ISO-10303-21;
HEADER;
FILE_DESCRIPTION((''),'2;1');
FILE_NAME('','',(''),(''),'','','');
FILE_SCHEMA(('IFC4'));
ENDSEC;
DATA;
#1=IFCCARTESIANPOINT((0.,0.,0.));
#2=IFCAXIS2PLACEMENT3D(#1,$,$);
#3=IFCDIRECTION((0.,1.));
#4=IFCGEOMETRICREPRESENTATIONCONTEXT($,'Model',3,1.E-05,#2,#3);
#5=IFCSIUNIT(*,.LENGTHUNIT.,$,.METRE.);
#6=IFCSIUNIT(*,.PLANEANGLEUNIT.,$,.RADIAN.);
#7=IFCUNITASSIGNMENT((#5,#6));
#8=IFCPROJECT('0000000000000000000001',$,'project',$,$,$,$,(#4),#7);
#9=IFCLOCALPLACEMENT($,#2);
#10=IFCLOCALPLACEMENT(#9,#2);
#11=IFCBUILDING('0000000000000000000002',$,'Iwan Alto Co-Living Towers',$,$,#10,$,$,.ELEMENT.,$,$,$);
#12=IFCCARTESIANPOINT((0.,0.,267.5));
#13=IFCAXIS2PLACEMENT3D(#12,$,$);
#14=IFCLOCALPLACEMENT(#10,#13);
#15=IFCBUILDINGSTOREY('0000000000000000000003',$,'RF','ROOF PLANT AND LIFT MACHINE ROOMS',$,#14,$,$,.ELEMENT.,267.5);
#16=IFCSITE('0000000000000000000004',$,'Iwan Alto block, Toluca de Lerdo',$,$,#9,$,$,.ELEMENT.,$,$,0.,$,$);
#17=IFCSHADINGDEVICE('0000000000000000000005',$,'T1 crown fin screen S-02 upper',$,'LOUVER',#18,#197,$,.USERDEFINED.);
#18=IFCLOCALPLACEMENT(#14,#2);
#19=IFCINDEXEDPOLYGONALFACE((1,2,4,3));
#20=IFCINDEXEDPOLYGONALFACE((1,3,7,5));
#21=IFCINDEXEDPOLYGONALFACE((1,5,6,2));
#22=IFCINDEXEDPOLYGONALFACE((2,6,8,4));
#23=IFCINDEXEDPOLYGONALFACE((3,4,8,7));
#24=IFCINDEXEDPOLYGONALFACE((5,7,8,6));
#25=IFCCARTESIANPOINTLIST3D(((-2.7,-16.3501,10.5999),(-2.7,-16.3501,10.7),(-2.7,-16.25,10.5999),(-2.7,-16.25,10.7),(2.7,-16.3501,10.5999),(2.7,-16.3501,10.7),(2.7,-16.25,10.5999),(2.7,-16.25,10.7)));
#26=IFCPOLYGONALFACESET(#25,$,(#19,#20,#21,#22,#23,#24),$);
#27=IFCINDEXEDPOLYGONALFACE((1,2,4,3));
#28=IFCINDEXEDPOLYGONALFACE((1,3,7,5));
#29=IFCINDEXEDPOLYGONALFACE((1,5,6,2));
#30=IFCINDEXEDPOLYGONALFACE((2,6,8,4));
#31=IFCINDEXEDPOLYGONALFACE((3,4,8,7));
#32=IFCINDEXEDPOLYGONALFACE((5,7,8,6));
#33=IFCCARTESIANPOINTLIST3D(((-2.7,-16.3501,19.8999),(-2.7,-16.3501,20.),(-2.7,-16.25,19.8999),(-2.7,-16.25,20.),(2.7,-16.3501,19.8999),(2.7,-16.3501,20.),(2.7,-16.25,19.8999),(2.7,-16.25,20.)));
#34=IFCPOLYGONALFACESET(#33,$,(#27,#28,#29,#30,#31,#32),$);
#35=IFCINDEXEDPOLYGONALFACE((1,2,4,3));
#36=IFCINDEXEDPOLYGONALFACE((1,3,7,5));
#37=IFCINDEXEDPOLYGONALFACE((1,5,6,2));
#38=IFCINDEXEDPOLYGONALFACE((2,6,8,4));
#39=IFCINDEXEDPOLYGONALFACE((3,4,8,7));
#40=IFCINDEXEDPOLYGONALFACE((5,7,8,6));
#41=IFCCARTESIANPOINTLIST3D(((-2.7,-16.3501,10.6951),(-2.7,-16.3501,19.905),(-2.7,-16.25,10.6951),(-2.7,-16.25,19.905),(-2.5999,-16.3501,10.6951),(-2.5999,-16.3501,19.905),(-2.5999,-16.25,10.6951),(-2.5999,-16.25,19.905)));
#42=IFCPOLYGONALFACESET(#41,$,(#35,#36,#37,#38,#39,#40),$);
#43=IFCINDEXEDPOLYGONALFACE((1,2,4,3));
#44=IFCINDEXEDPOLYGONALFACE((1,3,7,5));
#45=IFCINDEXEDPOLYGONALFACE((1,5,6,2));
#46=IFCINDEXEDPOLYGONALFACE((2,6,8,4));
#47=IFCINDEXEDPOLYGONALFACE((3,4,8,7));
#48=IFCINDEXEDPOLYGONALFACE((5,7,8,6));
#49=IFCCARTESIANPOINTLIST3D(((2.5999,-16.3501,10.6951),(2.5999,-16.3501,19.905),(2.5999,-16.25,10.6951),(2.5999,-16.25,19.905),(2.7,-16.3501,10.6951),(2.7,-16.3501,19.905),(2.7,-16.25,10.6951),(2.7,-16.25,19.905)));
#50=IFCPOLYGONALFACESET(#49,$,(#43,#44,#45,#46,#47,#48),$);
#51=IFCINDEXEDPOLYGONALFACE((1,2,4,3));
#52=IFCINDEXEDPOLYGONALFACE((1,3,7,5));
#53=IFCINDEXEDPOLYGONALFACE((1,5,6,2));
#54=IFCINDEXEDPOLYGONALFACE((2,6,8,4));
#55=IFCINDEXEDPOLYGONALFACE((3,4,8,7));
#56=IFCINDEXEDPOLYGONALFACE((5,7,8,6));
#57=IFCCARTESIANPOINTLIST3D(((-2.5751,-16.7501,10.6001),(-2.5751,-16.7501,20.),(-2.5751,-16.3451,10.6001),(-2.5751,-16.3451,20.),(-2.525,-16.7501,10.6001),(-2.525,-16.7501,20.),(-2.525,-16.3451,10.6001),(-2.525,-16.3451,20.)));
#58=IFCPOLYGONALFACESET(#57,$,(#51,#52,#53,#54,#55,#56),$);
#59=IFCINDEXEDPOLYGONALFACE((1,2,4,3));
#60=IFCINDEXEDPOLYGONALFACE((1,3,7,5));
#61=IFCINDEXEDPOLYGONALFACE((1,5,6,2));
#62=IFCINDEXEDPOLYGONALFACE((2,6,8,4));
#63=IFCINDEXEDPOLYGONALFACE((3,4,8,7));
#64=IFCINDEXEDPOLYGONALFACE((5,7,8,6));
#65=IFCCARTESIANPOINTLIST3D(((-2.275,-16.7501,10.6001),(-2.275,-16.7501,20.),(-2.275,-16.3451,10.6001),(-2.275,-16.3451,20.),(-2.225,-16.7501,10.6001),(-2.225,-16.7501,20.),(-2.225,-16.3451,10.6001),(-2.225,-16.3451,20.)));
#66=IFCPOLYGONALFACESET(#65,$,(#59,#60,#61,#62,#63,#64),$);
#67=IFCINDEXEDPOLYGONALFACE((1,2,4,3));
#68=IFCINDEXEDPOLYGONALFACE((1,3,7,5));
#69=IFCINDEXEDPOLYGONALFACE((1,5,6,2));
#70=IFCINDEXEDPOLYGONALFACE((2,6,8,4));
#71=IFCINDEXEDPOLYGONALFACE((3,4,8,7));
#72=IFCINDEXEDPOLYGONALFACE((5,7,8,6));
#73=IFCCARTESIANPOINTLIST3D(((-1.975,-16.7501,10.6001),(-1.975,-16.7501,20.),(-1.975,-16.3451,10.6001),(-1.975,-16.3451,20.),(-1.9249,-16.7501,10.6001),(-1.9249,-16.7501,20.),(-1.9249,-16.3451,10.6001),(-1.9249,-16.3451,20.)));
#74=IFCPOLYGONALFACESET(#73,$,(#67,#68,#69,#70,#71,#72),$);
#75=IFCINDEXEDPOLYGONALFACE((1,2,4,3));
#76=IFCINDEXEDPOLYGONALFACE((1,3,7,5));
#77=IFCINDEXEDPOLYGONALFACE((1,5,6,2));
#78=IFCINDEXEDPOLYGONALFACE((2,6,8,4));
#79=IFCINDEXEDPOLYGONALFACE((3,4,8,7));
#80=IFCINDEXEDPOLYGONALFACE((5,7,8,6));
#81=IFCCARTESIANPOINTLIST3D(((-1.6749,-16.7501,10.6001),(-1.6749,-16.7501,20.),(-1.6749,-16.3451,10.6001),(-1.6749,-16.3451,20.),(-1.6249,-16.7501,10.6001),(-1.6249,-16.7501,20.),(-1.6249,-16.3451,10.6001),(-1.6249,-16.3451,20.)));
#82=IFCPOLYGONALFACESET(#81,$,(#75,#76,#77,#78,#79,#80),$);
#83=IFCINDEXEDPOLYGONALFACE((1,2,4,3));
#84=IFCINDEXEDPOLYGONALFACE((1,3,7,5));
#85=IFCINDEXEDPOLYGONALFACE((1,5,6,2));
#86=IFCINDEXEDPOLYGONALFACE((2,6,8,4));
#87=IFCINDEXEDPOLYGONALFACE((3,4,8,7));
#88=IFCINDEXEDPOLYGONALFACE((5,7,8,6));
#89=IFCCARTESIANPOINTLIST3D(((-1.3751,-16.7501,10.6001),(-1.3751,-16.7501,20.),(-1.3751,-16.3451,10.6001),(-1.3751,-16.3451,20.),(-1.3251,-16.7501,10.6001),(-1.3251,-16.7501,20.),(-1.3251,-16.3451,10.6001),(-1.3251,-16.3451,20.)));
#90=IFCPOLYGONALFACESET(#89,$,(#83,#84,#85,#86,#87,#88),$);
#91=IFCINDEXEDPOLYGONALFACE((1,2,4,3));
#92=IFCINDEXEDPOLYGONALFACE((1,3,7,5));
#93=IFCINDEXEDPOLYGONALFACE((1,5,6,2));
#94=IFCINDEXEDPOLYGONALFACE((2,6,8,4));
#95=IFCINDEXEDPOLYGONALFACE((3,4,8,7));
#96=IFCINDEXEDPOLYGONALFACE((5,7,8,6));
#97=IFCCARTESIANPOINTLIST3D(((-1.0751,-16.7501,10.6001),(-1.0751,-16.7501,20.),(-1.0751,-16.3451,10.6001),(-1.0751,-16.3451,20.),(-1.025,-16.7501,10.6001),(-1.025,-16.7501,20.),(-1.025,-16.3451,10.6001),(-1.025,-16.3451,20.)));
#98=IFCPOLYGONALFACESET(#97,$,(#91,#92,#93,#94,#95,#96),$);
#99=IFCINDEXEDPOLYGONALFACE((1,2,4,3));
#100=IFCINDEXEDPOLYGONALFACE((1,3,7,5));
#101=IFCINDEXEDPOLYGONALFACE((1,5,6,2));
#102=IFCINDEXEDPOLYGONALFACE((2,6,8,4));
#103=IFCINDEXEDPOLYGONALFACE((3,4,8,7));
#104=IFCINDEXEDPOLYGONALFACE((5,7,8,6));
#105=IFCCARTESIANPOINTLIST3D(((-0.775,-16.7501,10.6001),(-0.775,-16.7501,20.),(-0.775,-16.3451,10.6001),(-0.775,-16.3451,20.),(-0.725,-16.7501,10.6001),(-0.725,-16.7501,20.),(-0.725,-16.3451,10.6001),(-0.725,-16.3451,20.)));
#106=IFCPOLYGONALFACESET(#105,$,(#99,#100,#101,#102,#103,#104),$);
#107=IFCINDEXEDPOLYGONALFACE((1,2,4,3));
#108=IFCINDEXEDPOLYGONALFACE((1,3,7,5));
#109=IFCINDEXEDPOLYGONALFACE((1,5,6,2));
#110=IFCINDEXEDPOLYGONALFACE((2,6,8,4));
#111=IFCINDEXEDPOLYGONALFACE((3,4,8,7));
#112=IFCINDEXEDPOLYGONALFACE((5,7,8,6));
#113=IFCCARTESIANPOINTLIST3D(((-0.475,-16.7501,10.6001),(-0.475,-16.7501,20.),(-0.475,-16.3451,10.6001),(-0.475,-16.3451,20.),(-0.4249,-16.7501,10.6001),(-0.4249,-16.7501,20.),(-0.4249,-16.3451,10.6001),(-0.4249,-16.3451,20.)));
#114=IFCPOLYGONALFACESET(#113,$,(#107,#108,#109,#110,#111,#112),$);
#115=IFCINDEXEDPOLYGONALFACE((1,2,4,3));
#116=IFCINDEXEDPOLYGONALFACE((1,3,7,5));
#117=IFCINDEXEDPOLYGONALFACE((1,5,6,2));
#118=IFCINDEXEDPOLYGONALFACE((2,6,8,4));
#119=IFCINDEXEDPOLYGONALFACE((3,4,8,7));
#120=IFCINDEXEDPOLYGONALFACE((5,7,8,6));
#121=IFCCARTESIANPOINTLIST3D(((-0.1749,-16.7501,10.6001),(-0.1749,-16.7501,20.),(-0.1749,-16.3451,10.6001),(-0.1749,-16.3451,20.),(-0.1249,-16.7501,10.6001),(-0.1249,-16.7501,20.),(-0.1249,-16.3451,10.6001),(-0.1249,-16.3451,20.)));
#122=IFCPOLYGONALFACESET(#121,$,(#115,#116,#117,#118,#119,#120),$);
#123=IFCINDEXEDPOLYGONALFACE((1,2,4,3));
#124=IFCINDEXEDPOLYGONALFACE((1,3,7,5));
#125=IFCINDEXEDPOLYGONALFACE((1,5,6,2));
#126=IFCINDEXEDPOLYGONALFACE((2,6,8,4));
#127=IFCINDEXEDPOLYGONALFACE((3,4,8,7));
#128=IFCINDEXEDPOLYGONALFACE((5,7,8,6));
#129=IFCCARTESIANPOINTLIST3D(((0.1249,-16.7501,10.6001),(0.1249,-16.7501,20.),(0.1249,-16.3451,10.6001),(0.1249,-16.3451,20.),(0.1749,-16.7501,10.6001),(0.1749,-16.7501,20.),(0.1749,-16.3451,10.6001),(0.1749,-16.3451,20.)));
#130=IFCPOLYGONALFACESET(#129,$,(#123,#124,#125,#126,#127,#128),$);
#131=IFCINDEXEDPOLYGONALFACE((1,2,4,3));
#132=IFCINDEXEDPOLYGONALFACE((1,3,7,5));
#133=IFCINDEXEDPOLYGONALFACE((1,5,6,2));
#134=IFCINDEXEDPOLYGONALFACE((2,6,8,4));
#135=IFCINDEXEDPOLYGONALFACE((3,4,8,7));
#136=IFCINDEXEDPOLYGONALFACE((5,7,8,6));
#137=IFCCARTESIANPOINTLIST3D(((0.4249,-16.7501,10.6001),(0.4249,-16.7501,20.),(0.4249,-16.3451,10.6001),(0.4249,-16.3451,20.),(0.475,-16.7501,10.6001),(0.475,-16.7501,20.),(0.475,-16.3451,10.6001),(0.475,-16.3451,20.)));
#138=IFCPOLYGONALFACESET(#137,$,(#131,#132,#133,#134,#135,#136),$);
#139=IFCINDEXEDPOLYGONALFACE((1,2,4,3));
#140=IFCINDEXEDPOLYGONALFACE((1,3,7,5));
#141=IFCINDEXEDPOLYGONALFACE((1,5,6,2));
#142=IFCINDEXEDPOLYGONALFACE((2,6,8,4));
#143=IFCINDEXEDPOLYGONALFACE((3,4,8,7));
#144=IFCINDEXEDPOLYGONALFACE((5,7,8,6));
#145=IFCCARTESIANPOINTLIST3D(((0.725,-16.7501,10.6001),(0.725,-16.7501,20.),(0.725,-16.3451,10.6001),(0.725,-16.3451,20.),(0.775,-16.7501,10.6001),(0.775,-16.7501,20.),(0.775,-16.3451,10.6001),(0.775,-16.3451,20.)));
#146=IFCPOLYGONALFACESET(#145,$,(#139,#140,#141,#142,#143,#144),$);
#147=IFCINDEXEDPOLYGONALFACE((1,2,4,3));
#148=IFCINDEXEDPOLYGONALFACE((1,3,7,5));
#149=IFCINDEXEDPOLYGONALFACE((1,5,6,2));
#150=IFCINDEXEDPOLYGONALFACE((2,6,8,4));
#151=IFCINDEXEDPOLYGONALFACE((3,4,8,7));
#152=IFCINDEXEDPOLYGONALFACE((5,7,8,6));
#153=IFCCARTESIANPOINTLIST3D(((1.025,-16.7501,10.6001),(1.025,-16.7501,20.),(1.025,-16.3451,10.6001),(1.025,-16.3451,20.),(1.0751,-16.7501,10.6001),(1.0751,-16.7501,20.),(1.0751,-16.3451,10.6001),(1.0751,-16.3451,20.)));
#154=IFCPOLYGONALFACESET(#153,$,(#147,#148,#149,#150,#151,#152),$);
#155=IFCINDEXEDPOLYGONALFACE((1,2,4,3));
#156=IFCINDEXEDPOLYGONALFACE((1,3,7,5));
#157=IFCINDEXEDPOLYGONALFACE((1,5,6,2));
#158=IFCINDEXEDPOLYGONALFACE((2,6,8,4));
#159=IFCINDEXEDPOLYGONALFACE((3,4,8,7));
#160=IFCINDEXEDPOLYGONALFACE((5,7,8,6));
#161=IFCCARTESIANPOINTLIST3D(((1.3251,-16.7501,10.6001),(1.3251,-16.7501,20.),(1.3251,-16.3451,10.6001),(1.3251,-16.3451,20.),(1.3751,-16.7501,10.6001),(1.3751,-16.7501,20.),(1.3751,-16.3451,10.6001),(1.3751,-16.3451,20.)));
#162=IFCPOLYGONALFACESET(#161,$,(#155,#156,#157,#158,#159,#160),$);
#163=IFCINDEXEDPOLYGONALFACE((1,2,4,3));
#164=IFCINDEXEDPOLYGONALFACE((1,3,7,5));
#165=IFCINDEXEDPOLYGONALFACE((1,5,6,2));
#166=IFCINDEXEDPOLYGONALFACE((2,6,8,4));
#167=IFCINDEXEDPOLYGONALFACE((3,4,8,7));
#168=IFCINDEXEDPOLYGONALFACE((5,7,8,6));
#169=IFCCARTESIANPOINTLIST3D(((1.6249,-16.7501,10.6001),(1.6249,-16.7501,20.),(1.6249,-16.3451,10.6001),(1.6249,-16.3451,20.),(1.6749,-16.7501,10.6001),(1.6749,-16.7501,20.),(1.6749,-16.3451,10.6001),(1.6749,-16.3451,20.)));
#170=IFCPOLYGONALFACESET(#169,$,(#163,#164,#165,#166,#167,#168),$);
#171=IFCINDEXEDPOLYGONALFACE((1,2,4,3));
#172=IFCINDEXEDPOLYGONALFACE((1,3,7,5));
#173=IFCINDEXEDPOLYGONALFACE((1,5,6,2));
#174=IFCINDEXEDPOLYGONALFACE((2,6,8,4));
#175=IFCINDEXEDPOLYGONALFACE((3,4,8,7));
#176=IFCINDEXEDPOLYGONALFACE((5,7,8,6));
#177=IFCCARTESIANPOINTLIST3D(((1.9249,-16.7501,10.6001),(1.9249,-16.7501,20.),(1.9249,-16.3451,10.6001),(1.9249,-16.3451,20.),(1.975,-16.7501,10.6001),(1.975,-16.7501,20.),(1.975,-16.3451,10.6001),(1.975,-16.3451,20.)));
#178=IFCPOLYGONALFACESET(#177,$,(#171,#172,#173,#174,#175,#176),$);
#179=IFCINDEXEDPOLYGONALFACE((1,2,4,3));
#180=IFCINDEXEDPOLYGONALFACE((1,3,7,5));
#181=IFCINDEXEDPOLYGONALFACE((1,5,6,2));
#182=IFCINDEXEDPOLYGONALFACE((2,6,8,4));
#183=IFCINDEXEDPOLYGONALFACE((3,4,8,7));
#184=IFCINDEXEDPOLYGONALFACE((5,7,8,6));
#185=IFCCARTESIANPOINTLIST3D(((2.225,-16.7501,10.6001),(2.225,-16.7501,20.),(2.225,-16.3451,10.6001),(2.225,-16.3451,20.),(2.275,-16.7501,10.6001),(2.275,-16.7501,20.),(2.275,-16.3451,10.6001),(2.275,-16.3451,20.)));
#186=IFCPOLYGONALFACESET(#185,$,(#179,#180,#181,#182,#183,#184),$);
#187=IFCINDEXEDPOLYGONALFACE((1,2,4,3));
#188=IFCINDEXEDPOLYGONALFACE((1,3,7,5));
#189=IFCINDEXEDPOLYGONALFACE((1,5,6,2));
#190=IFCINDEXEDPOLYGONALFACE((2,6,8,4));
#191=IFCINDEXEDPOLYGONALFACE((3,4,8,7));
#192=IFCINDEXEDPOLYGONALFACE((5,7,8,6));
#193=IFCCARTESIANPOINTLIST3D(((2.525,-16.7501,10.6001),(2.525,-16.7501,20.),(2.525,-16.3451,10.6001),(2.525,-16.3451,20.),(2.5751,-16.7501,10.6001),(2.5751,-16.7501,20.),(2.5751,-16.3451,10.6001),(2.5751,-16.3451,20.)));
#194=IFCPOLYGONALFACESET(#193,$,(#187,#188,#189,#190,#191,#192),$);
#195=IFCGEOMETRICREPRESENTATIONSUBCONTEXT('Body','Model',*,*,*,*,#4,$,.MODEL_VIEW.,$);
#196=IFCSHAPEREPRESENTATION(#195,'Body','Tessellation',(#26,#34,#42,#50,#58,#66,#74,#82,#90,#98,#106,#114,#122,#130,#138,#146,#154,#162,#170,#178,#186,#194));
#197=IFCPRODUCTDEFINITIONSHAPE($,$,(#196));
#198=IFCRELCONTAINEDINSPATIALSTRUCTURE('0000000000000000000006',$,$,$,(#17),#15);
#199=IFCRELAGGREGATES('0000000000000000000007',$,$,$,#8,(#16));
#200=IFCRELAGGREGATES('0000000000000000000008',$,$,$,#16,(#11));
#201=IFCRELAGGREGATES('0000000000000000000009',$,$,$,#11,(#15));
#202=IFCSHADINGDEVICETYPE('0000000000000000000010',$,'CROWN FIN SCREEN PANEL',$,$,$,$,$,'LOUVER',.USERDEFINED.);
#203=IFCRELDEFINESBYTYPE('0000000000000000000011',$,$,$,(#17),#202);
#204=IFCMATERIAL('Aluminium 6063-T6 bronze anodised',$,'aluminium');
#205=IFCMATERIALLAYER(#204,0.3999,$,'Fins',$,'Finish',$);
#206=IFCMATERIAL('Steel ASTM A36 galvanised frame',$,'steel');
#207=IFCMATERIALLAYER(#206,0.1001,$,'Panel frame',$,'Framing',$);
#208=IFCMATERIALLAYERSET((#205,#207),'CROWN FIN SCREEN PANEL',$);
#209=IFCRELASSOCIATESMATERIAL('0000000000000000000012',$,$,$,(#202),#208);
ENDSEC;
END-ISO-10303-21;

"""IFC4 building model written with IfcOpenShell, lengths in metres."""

from ifc_helpers import new_model, si_unit, direction, frame, origin, origin_2d, place, context, subcontext, project, spatial, rectangle, extrude, material, layer, layer_set, type_object, element, save


model = new_model("IFC4")

# Units and contexts
model_context = context("Model", 3, precision=1e-05, world=origin(), true_north=direction((0.0, 1.0)))
body_context = subcontext(model_context, "Body", "Model", "MODEL_VIEW")
ifc_project = project(units=[si_unit("LENGTHUNIT", "METRE"), si_unit("PLANEANGLEUNIT", "RADIAN")], contexts=[model_context])

# Site, building, storey
site_placement = place(None, origin())
site = spatial("IfcSite", under=ifc_project, at=site_placement, Name="Iwan Alto block, Toluca de Lerdo", CompositionType="ELEMENT", RefElevation=0.0)
building_placement = place(site_placement, origin())
building = spatial("IfcBuilding", under=site, at=building_placement, Name="Iwan Alto Co-Living Towers", CompositionType="ELEMENT")
storey_placement = place(building_placement, frame((0.0, 0.0, 267.5)))
storey = spatial("IfcBuildingStorey", under=building, at=storey_placement, Name="RF", Description="ROOF PLANT AND LIFT MACHINE ROOMS", CompositionType="ELEMENT", Elevation=267.5)

# Shading device
ifc_material_1 = material(Name="Aluminium 6063-T6 bronze anodised", Category="aluminium")
ifc_layer_1 = layer(ifc_material_1, 0.3999, Name="Fins", Category="Finish")
ifc_material_2 = material(Name="Steel ASTM A36 galvanised frame", Category="steel")
ifc_layer_2 = layer(ifc_material_2, 0.1001, Name="Panel frame", Category="Framing")
ifc_layer_set = layer_set([ifc_layer_1, ifc_layer_2], Name="CROWN FIN SCREEN PANEL")
shading_device_type = type_object("IfcShadingDeviceType", Name="CROWN FIN SCREEN PANEL", ElementType="LOUVER", PredefinedType="USERDEFINED", material=ifc_layer_set)
shading_device_1_placement = place(storey_placement, frame((0.0, 0.0, -267.5)))
element("IfcShadingDevice", 1, at=shading_device_1_placement, inside=storey, type_object=shading_device_type, Name="T1 crown fin screen S-02 upper", ObjectType="LOUVER", PredefinedType="USERDEFINED", context=body_context, shape_type="SweptSolid", body=[
    extrude(rectangle(XDim=5.3999, YDim=0.1001, at=origin_2d()), frame((0.0, -16.3, 278.0999), z_axis=(0.0, 0.0, 1.0), x_axis=(1.0, 0.0, 0.0)), (0.0, 0.0, 1.0), 0.1001),
    extrude(rectangle(XDim=5.3999, YDim=0.1001, at=origin_2d()), frame((0.0, -16.3, 287.3999), z_axis=(0.0, 0.0, 1.0), x_axis=(1.0, 0.0, 0.0)), (0.0, 0.0, 1.0), 0.1001),
    extrude(rectangle(XDim=0.1001, YDim=0.1001, at=origin_2d()), frame((-2.6499, -16.3, 278.1951), z_axis=(0.0, 0.0, 1.0), x_axis=(1.0, 0.0, 0.0)), (0.0, 0.0, 1.0), 9.21),
    extrude(rectangle(XDim=0.1001, YDim=0.1001, at=origin_2d()), frame((2.6499, -16.3, 278.1951), z_axis=(0.0, 0.0, 1.0), x_axis=(1.0, 0.0, 0.0)), (0.0, 0.0, 1.0), 9.21),
    extrude(rectangle(XDim=0.05, YDim=0.405, at=origin_2d()), frame((-2.55, -16.5476, 278.1001), z_axis=(0.0, 0.0, 1.0), x_axis=(1.0, 0.0, 0.0)), (0.0, 0.0, 1.0), 9.3999),
    extrude(rectangle(XDim=0.05, YDim=0.405, at=origin_2d()), frame((-2.25, -16.5476, 278.1001), z_axis=(0.0, 0.0, 1.0), x_axis=(1.0, 0.0, 0.0)), (0.0, 0.0, 1.0), 9.3999),
    extrude(rectangle(XDim=0.05, YDim=0.405, at=origin_2d()), frame((-1.95, -16.5476, 278.1001), z_axis=(0.0, 0.0, 1.0), x_axis=(1.0, 0.0, 0.0)), (0.0, 0.0, 1.0), 9.3999),
    extrude(rectangle(XDim=0.05, YDim=0.405, at=origin_2d()), frame((-1.6499, -16.5476, 278.1001), z_axis=(0.0, 0.0, 1.0), x_axis=(1.0, 0.0, 0.0)), (0.0, 0.0, 1.0), 9.3999),
    extrude(rectangle(XDim=0.05, YDim=0.405, at=origin_2d()), frame((-1.3501, -16.5476, 278.1001), z_axis=(0.0, 0.0, 1.0), x_axis=(1.0, 0.0, 0.0)), (0.0, 0.0, 1.0), 9.3999),
    extrude(rectangle(XDim=0.05, YDim=0.405, at=origin_2d()), frame((-1.05, -16.5476, 278.1001), z_axis=(0.0, 0.0, 1.0), x_axis=(1.0, 0.0, 0.0)), (0.0, 0.0, 1.0), 9.3999),
    extrude(rectangle(XDim=0.05, YDim=0.405, at=origin_2d()), frame((-0.75, -16.5476, 278.1001), z_axis=(0.0, 0.0, 1.0), x_axis=(1.0, 0.0, 0.0)), (0.0, 0.0, 1.0), 9.3999),
    extrude(rectangle(XDim=0.05, YDim=0.405, at=origin_2d()), frame((-0.45, -16.5476, 278.1001), z_axis=(0.0, 0.0, 1.0), x_axis=(1.0, 0.0, 0.0)), (0.0, 0.0, 1.0), 9.3999),
    extrude(rectangle(XDim=0.05, YDim=0.405, at=origin_2d()), frame((-0.1499, -16.5476, 278.1001), z_axis=(0.0, 0.0, 1.0), x_axis=(1.0, 0.0, 0.0)), (0.0, 0.0, 1.0), 9.3999),
    extrude(rectangle(XDim=0.05, YDim=0.405, at=origin_2d()), frame((0.1499, -16.5476, 278.1001), z_axis=(0.0, 0.0, 1.0), x_axis=(1.0, 0.0, 0.0)), (0.0, 0.0, 1.0), 9.3999),
    extrude(rectangle(XDim=0.05, YDim=0.405, at=origin_2d()), frame((0.45, -16.5476, 278.1001), z_axis=(0.0, 0.0, 1.0), x_axis=(1.0, 0.0, 0.0)), (0.0, 0.0, 1.0), 9.3999),
    extrude(rectangle(XDim=0.05, YDim=0.405, at=origin_2d()), frame((0.75, -16.5476, 278.1001), z_axis=(0.0, 0.0, 1.0), x_axis=(1.0, 0.0, 0.0)), (0.0, 0.0, 1.0), 9.3999),
    extrude(rectangle(XDim=0.05, YDim=0.405, at=origin_2d()), frame((1.05, -16.5476, 278.1001), z_axis=(0.0, 0.0, 1.0), x_axis=(1.0, 0.0, 0.0)), (0.0, 0.0, 1.0), 9.3999),
    extrude(rectangle(XDim=0.05, YDim=0.405, at=origin_2d()), frame((1.3501, -16.5476, 278.1001), z_axis=(0.0, 0.0, 1.0), x_axis=(1.0, 0.0, 0.0)), (0.0, 0.0, 1.0), 9.3999),
    extrude(rectangle(XDim=0.05, YDim=0.405, at=origin_2d()), frame((1.6499, -16.5476, 278.1001), z_axis=(0.0, 0.0, 1.0), x_axis=(1.0, 0.0, 0.0)), (0.0, 0.0, 1.0), 9.3999),
    extrude(rectangle(XDim=0.05, YDim=0.405, at=origin_2d()), frame((1.95, -16.5476, 278.1001), z_axis=(0.0, 0.0, 1.0), x_axis=(1.0, 0.0, 0.0)), (0.0, 0.0, 1.0), 9.3999),
    extrude(rectangle(XDim=0.05, YDim=0.405, at=origin_2d()), frame((2.25, -16.5476, 278.1001), z_axis=(0.0, 0.0, 1.0), x_axis=(1.0, 0.0, 0.0)), (0.0, 0.0, 1.0), 9.3999),
    extrude(rectangle(XDim=0.05, YDim=0.405, at=origin_2d()), frame((2.55, -16.5476, 278.1001), z_axis=(0.0, 0.0, 1.0), x_axis=(1.0, 0.0, 0.0)), (0.0, 0.0, 1.0), 9.3999),
])

save(model, "model.ifc")
